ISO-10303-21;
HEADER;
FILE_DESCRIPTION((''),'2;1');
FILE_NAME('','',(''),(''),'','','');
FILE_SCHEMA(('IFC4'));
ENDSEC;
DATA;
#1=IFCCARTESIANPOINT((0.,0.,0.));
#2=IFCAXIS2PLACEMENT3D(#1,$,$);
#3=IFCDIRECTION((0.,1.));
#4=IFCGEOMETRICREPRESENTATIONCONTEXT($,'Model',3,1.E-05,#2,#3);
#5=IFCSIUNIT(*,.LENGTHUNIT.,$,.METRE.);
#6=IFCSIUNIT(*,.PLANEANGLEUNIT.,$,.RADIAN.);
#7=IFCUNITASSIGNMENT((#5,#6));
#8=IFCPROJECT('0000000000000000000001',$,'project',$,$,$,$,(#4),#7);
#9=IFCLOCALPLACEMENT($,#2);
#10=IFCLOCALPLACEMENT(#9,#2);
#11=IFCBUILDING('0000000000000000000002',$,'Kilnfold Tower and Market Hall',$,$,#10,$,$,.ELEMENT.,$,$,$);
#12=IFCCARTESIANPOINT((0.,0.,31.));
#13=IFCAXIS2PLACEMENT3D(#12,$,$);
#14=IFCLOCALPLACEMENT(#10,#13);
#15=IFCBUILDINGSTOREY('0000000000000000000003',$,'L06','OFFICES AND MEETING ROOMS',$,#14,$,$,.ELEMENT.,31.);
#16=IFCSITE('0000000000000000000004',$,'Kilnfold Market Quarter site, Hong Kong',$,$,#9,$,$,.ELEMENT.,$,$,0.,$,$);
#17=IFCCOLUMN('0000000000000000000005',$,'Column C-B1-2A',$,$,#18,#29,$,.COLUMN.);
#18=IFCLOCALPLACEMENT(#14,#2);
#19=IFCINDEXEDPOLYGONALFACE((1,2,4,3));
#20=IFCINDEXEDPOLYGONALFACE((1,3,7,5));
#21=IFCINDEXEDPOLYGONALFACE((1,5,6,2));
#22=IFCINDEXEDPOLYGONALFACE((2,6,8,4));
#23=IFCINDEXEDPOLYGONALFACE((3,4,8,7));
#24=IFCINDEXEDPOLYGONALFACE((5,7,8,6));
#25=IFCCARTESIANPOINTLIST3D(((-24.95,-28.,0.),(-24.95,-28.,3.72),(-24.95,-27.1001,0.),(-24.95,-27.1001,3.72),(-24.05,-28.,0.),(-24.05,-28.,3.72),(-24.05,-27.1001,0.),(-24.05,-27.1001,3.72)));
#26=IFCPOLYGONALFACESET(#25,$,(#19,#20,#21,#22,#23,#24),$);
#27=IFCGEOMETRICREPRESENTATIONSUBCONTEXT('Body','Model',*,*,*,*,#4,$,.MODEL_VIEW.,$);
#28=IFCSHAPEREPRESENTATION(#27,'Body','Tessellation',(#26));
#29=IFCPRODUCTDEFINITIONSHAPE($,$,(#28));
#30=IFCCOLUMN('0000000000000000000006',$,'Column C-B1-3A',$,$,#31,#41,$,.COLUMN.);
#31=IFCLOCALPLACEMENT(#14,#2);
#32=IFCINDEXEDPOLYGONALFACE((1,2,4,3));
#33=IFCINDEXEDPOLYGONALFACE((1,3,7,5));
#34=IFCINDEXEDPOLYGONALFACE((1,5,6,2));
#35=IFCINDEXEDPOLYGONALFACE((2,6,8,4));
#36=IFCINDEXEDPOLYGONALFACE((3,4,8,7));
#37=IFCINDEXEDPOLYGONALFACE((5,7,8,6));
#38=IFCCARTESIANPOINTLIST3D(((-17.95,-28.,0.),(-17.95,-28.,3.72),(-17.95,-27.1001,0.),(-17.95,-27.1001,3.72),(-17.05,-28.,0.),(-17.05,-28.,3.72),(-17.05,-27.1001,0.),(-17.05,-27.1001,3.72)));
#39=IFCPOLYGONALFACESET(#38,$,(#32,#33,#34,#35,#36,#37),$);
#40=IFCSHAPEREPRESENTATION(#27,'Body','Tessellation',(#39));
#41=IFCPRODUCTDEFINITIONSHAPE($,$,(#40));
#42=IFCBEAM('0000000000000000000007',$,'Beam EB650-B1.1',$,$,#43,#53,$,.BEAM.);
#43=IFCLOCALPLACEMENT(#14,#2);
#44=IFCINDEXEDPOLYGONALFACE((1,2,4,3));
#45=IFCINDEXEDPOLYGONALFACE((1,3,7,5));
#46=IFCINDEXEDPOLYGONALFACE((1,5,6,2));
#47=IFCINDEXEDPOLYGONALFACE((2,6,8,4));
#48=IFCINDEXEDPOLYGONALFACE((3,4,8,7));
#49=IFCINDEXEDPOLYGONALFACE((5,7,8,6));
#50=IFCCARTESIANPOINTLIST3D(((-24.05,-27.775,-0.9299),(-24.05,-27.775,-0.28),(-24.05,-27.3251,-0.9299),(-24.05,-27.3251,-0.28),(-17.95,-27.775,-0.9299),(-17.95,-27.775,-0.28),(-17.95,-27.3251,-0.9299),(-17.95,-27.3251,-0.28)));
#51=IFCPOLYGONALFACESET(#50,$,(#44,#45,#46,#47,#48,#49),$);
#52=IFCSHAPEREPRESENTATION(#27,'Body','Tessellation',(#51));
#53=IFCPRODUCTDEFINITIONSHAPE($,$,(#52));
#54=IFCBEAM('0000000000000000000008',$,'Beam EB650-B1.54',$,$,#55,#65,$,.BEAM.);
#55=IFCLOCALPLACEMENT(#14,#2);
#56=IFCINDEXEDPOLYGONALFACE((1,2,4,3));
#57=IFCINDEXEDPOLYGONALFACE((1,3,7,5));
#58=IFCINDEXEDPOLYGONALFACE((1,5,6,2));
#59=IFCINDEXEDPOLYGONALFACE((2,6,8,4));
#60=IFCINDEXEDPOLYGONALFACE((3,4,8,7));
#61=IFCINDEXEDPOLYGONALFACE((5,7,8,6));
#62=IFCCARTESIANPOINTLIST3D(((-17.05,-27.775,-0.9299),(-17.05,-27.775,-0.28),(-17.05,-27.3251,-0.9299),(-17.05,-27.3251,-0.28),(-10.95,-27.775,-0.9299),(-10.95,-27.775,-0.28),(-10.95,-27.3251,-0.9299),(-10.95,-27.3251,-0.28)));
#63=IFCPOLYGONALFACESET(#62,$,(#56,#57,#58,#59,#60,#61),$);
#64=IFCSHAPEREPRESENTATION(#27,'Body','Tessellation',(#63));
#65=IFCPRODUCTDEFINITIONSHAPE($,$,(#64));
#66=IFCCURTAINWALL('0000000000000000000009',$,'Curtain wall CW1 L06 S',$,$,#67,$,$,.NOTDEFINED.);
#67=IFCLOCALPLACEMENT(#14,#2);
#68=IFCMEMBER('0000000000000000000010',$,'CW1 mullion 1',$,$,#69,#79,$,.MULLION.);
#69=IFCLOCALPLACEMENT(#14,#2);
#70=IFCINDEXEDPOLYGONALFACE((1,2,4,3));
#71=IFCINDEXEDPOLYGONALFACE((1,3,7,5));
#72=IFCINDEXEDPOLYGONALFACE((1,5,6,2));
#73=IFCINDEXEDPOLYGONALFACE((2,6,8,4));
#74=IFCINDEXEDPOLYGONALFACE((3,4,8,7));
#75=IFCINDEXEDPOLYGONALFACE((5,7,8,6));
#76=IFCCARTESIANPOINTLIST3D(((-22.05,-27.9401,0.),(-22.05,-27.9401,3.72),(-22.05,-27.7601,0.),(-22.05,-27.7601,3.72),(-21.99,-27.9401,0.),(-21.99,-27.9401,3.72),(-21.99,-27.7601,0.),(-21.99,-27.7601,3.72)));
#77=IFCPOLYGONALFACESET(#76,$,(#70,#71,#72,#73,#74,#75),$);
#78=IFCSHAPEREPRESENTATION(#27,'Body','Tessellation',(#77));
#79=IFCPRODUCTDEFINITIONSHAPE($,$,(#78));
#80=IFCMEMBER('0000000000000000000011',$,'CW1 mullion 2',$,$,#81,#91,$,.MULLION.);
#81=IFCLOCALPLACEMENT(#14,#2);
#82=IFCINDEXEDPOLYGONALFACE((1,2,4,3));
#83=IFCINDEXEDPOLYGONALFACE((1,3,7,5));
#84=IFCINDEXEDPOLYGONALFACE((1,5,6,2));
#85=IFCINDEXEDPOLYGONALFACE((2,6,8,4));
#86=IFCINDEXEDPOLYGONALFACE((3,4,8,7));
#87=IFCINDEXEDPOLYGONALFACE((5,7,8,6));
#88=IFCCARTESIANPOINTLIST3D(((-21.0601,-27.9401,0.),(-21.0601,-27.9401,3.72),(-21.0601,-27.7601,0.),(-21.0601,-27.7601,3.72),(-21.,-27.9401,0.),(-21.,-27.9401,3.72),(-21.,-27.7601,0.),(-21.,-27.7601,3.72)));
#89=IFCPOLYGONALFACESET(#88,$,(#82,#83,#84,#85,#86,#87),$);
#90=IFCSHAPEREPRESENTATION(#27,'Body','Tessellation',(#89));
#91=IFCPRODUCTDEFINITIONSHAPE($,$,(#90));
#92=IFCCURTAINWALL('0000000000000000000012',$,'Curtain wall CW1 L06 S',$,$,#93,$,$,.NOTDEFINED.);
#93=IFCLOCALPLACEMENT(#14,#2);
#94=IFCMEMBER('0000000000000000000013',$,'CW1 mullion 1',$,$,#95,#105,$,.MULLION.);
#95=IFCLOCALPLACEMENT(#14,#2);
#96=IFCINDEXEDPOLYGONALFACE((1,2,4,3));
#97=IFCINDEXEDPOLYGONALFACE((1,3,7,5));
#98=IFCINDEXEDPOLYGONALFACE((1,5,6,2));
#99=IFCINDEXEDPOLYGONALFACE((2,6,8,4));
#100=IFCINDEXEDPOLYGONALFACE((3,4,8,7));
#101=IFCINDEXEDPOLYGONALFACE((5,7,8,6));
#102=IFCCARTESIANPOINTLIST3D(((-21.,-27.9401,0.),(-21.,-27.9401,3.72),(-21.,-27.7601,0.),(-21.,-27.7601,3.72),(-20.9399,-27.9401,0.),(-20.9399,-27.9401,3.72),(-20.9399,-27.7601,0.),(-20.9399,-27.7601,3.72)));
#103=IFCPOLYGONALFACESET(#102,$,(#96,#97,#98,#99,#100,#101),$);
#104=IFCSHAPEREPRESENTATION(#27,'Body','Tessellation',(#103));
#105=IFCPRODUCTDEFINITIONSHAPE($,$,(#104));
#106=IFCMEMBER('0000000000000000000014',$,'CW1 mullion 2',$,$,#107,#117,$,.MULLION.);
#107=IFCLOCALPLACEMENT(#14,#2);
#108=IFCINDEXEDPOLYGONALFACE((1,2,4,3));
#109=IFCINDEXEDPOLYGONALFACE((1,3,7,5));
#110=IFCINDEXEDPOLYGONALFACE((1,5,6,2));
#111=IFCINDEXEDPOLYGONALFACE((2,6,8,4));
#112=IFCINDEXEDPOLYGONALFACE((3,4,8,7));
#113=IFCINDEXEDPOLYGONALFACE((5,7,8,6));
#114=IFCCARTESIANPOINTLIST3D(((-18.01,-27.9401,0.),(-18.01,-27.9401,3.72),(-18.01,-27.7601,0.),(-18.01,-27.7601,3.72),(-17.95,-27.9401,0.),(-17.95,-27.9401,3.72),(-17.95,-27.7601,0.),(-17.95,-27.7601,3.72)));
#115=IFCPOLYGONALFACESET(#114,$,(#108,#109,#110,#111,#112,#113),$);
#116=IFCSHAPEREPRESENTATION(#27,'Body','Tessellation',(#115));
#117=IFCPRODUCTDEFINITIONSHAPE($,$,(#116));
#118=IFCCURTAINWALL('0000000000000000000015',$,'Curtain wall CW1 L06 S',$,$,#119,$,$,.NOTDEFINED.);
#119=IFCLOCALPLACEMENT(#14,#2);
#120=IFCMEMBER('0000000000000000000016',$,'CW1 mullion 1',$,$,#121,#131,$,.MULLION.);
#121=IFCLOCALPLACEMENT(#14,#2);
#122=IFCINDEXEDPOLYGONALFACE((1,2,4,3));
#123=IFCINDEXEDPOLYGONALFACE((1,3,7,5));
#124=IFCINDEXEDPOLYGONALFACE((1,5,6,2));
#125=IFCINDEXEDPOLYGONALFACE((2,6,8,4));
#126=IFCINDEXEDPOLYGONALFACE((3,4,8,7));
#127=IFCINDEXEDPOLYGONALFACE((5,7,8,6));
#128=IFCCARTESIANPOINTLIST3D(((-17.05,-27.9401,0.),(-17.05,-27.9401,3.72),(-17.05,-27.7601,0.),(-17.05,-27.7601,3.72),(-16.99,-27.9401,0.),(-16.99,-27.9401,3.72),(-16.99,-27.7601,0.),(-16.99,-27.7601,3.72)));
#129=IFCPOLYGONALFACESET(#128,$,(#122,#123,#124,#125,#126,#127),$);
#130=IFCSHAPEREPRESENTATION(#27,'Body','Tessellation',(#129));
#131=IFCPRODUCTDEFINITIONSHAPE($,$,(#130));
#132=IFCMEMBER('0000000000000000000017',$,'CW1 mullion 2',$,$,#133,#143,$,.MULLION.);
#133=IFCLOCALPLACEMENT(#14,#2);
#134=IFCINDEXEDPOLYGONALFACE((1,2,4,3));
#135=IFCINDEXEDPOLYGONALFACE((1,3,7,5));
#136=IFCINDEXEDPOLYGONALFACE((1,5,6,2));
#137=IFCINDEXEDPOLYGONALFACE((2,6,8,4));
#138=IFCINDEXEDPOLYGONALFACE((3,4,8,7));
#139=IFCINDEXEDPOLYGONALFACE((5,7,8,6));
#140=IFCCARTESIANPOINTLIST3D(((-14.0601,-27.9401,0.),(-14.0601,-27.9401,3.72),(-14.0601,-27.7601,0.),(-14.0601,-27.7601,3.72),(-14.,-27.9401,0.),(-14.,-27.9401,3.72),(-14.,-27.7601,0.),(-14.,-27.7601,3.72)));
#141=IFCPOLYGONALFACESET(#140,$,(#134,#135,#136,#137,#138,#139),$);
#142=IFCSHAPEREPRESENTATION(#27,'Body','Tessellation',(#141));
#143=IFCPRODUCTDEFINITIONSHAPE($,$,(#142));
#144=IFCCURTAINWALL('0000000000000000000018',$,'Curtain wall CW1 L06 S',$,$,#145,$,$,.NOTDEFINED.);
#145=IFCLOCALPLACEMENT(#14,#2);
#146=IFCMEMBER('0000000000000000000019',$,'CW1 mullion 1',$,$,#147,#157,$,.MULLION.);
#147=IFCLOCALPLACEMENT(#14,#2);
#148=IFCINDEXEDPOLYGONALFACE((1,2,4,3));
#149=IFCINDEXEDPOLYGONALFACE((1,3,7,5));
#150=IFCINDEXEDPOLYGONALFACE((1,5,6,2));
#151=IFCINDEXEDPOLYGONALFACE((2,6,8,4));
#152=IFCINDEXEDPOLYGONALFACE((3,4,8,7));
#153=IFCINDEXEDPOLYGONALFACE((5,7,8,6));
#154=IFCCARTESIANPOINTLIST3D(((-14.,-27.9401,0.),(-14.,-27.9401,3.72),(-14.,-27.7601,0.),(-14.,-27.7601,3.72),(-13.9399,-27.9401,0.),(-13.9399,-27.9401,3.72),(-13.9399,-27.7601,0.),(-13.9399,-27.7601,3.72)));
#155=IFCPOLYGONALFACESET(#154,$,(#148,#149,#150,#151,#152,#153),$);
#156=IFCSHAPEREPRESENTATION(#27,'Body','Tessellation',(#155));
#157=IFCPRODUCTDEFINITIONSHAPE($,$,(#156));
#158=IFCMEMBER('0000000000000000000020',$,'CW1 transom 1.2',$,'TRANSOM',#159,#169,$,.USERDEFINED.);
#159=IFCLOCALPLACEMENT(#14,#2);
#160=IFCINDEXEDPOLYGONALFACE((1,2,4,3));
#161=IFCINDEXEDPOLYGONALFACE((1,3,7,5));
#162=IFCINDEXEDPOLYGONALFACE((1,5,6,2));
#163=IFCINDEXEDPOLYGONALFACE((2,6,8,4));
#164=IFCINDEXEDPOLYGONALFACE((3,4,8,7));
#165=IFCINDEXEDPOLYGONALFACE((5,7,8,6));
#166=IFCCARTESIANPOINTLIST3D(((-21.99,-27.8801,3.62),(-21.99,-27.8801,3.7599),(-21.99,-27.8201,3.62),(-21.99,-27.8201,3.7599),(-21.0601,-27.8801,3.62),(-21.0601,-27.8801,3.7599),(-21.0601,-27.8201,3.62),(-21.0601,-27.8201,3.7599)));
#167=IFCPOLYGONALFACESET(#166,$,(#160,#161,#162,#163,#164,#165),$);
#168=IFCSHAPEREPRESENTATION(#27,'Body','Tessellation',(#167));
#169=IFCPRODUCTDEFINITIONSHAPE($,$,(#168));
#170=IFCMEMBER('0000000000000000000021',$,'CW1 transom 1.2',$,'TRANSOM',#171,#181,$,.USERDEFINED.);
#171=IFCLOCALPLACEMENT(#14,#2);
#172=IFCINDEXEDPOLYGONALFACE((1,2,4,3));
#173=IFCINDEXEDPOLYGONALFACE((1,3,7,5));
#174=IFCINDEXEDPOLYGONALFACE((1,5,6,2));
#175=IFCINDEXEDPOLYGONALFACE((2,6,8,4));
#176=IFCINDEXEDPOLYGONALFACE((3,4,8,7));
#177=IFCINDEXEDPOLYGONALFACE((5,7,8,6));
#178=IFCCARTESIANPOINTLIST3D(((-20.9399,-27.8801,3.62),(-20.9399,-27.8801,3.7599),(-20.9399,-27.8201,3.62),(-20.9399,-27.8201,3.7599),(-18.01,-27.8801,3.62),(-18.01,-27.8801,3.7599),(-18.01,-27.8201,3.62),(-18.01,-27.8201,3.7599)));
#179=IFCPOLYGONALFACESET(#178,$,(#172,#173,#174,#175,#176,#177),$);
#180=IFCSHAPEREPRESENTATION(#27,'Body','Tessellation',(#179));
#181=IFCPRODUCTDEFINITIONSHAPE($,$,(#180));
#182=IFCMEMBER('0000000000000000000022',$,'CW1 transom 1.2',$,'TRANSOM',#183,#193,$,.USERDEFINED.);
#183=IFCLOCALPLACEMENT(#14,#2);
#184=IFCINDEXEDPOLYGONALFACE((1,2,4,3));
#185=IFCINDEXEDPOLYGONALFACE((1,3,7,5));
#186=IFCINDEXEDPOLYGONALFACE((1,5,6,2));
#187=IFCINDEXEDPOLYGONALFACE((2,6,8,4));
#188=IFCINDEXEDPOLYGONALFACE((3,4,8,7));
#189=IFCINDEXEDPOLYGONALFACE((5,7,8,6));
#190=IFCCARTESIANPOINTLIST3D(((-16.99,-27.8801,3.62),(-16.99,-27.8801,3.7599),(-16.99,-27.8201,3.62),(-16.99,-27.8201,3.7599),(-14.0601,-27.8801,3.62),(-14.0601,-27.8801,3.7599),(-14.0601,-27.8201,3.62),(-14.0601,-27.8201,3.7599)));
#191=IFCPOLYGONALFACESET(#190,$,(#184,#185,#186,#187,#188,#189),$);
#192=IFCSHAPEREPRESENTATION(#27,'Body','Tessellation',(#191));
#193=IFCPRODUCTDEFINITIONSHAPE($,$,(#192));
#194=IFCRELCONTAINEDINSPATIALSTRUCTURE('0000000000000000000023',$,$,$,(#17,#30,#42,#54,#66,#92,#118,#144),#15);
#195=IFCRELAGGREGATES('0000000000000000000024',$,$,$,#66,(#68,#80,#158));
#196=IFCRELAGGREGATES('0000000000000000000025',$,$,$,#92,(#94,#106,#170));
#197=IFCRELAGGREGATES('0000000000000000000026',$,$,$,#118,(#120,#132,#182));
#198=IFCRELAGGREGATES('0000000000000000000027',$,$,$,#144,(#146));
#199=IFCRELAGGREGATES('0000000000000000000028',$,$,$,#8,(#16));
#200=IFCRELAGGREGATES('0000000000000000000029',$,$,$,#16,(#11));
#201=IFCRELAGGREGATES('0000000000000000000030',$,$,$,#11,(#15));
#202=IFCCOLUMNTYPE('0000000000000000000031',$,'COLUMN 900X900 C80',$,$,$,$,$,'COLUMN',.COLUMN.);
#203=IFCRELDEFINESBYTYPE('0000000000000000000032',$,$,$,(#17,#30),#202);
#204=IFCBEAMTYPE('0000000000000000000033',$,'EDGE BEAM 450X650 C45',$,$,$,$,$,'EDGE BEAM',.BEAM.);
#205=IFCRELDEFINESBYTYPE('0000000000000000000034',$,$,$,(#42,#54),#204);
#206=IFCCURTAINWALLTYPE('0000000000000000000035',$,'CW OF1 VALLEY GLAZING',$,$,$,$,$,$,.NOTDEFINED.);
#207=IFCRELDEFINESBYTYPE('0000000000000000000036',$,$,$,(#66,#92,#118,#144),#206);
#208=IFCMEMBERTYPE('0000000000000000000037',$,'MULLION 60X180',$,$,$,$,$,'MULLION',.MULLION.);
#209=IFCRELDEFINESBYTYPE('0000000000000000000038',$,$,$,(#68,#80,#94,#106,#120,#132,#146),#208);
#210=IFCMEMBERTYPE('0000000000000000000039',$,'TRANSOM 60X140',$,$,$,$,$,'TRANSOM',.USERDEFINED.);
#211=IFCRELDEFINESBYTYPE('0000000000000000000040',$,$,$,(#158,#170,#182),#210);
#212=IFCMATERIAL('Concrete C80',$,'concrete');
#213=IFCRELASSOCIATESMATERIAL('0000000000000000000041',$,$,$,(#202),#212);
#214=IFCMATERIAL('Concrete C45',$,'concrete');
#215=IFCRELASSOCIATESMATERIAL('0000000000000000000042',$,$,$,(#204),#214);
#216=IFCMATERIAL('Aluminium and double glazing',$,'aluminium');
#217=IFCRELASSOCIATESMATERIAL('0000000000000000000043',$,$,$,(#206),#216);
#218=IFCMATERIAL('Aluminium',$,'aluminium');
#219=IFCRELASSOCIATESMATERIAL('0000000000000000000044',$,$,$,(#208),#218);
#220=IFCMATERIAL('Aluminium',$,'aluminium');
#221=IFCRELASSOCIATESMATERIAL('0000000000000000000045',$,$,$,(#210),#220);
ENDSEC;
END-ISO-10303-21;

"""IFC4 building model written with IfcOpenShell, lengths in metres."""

from ifc_helpers import new_model, si_unit, direction, frame, origin, origin_2d, place, context, subcontext, project, spatial, rectangle, extrude, source, transform, mapped, material, material_profile, profile_set, type_object, element, aggregate, save


model = new_model("IFC4")

# Units and contexts
model_context = context("Model", 3, precision=1e-05, world=origin(), true_north=direction((0.0, 1.0)))
body_context = subcontext(model_context, "Body", "Model", "MODEL_VIEW")
ifc_project = project(units=[si_unit("LENGTHUNIT", "METRE"), si_unit("PLANEANGLEUNIT", "RADIAN")], contexts=[model_context])

# Site, building, storey
site_placement = place(None, origin())
site = spatial("IfcSite", under=ifc_project, at=site_placement, Name="Kilnfold Market Quarter site, Hong Kong", CompositionType="ELEMENT", RefElevation=0.0)
building_placement = place(site_placement, origin())
building = spatial("IfcBuilding", under=site, at=building_placement, Name="Kilnfold Tower and Market Hall", CompositionType="ELEMENT")
storey_placement = place(building_placement, frame((0.0, 0.0, 31.0)))
storey = spatial("IfcBuildingStorey", under=building, at=storey_placement, Name="L06", Description="OFFICES AND MEETING ROOMS", CompositionType="ELEMENT", Elevation=31.0)

# Columns
ifc_material_1 = material(Name="Concrete C80", Category="concrete")
ifc_material_profile_1 = material_profile(ifc_material_1, rectangle(XDim=0.8999, YDim=0.8999, at=origin_2d()), Name="RC 900x900")
ifc_profile_set_1 = profile_set([ifc_material_profile_1], Name="Concrete C80")
column_type = type_object("IfcColumnType", Name="COLUMN 900X900 C80", ElementType="COLUMN", PredefinedType="COLUMN", material=ifc_profile_set_1)
shared_shape_1 = source(origin(), body_context, "Body", "SweptSolid", [
    extrude(rectangle(XDim=0.8999, YDim=0.8999, at=origin_2d()), origin(), (0.0, 0.0, 1.0), 3.72),
])
for number, where, z_axis, x_axis, name in (
    (1, (-24.5, -27.55, 0.0), (0.0, 0.0, 1.0), (1.0, 0.0, 0.0), "Column C-B1-2A"),
    (2, (-17.5, -27.55, 0.0), (0.0, 0.0, 1.0), (1.0, 0.0, 0.0), "Column C-B1-3A"),
):
    element("IfcColumn", number, at=place(storey_placement, frame(where, z_axis=z_axis, x_axis=x_axis)), inside=storey, type_object=column_type, Name=name, PredefinedType="COLUMN", context=body_context, shape_type="MappedRepresentation", body=[
        mapped(shared_shape_1, transform((0.0, 0.0, 0.0))),
    ])

# Beams
ifc_material_2 = material(Name="Concrete C45", Category="concrete")
ifc_material_profile_2 = material_profile(ifc_material_2, rectangle(XDim=0.45, YDim=0.6499, at=origin_2d()), Name="RC 450x650")
ifc_profile_set_2 = profile_set([ifc_material_profile_2], Name="Concrete C45")
beam_type = type_object("IfcBeamType", Name="EDGE BEAM 450X650 C45", ElementType="EDGE BEAM", PredefinedType="BEAM", material=ifc_profile_set_2)
shared_shape_2 = source(origin(), body_context, "Body", "SweptSolid", [
    extrude(rectangle(XDim=0.45, YDim=0.6499, at=origin_2d()), origin(), (0.0, 0.0, 1.0), 6.1001),
])
for number, where, z_axis, x_axis, name in (
    (3, (-24.05, -27.55, -0.605), (1.0, 0.0, 0.0), (0.0, 1.0, 0.0), "Beam EB650-B1.1"),
    (4, (-17.05, -27.55, -0.605), (1.0, 0.0, 0.0), (0.0, 1.0, 0.0), "Beam EB650-B1.54"),
):
    element("IfcBeam", number, at=place(storey_placement, frame(where, z_axis=z_axis, x_axis=x_axis)), inside=storey, type_object=beam_type, Name=name, PredefinedType="BEAM", context=body_context, shape_type="MappedRepresentation", body=[
        mapped(shared_shape_2, transform((0.0, 0.0, 0.0))),
    ])

# Curtain walls, members
ifc_material_3 = material(Name="Aluminium and double glazing", Category="aluminium")
curtain_wall_type = type_object("IfcCurtainWallType", Name="CW OF1 VALLEY GLAZING", PredefinedType="NOTDEFINED", material=ifc_material_3)
curtain_wall_1_placement = place(storey_placement, origin())
curtain_wall_1 = element("IfcCurtainWall", 5, at=curtain_wall_1_placement, inside=storey, type_object=curtain_wall_type, Name="Curtain wall CW1 L06 S", PredefinedType="NOTDEFINED")
ifc_material_4 = material(Name="Aluminium", Category="aluminium")
ifc_material_profile_3 = material_profile(ifc_material_4, rectangle(XDim=0.0601, YDim=0.1799, at=origin_2d()), Name="MULLION 60x180")
ifc_profile_set_3 = profile_set([ifc_material_profile_3], Name="Aluminium")
member_type_1 = type_object("IfcMemberType", Name="MULLION 60X180", ElementType="MULLION", PredefinedType="MULLION", material=ifc_profile_set_3)
shared_shape_3 = source(origin(), body_context, "Body", "SweptSolid", [
    extrude(rectangle(XDim=0.0601, YDim=0.1799, at=origin_2d()), origin(), (0.0, 0.0, 1.0), 3.72),
])
member_1_placement = place(storey_placement, frame((-22.02, -27.8501, 0.0), z_axis=(0.0, 0.0, 1.0), x_axis=(1.0, 0.0, 0.0)))
member_1 = element("IfcMember", 6, at=member_1_placement, type_object=member_type_1, Name="CW1 mullion 1", PredefinedType="MULLION", context=body_context, shape_type="MappedRepresentation", body=[
    mapped(shared_shape_3, transform((0.0, 0.0, 0.0))),
])
member_2_placement = place(storey_placement, frame((-21.03, -27.8501, 0.0), z_axis=(0.0, 0.0, 1.0), x_axis=(1.0, 0.0, 0.0)))
member_2 = element("IfcMember", 7, at=member_2_placement, type_object=member_type_1, Name="CW1 mullion 2", PredefinedType="MULLION", context=body_context, shape_type="MappedRepresentation", body=[
    mapped(shared_shape_3, transform((0.0, 0.0, 0.0))),
])
curtain_wall_2_placement = place(storey_placement, origin())
curtain_wall_2 = element("IfcCurtainWall", 8, at=curtain_wall_2_placement, inside=storey, type_object=curtain_wall_type, Name="Curtain wall CW1 L06 S", PredefinedType="NOTDEFINED")
member_3_placement = place(storey_placement, frame((-20.97, -27.8501, 0.0), z_axis=(0.0, 0.0, 1.0), x_axis=(1.0, 0.0, 0.0)))
member_3 = element("IfcMember", 9, at=member_3_placement, type_object=member_type_1, Name="CW1 mullion 1", PredefinedType="MULLION", context=body_context, shape_type="MappedRepresentation", body=[
    mapped(shared_shape_3, transform((0.0, 0.0, 0.0))),
])
member_4_placement = place(storey_placement, frame((-17.98, -27.8501, 0.0), z_axis=(0.0, 0.0, 1.0), x_axis=(1.0, 0.0, 0.0)))
member_4 = element("IfcMember", 10, at=member_4_placement, type_object=member_type_1, Name="CW1 mullion 2", PredefinedType="MULLION", context=body_context, shape_type="MappedRepresentation", body=[
    mapped(shared_shape_3, transform((0.0, 0.0, 0.0))),
])
curtain_wall_3_placement = place(storey_placement, origin())
curtain_wall_3 = element("IfcCurtainWall", 11, at=curtain_wall_3_placement, inside=storey, type_object=curtain_wall_type, Name="Curtain wall CW1 L06 S", PredefinedType="NOTDEFINED")
member_5_placement = place(storey_placement, frame((-17.02, -27.8501, 0.0), z_axis=(0.0, 0.0, 1.0), x_axis=(1.0, 0.0, 0.0)))
member_5 = element("IfcMember", 12, at=member_5_placement, type_object=member_type_1, Name="CW1 mullion 1", PredefinedType="MULLION", context=body_context, shape_type="MappedRepresentation", body=[
    mapped(shared_shape_3, transform((0.0, 0.0, 0.0))),
])
member_6_placement = place(storey_placement, frame((-14.03, -27.8501, 0.0), z_axis=(0.0, 0.0, 1.0), x_axis=(1.0, 0.0, 0.0)))
member_6 = element("IfcMember", 13, at=member_6_placement, type_object=member_type_1, Name="CW1 mullion 2", PredefinedType="MULLION", context=body_context, shape_type="MappedRepresentation", body=[
    mapped(shared_shape_3, transform((0.0, 0.0, 0.0))),
])

# Curtain wall, member
curtain_wall_4_placement = place(storey_placement, origin())
curtain_wall_4 = element("IfcCurtainWall", 14, at=curtain_wall_4_placement, inside=storey, type_object=curtain_wall_type, Name="Curtain wall CW1 L06 S", PredefinedType="NOTDEFINED")
member_7_placement = place(storey_placement, frame((-13.97, -27.8501, 0.0), z_axis=(0.0, 0.0, 1.0), x_axis=(1.0, 0.0, 0.0)))
member_7 = element("IfcMember", 15, at=member_7_placement, type_object=member_type_1, Name="CW1 mullion 1", PredefinedType="MULLION", context=body_context, shape_type="MappedRepresentation", body=[
    mapped(shared_shape_3, transform((0.0, 0.0, 0.0))),
])

# Members
ifc_material_5 = material(Name="Aluminium", Category="aluminium")
ifc_material_profile_4 = material_profile(ifc_material_5, rectangle(XDim=0.0601, YDim=0.1399, at=origin_2d()), Name="TRANSOM 60x140")
ifc_profile_set_4 = profile_set([ifc_material_profile_4], Name="Aluminium")
member_type_2 = type_object("IfcMemberType", Name="TRANSOM 60X140", ElementType="TRANSOM", PredefinedType="USERDEFINED", material=ifc_profile_set_4)
shared_shape_4 = source(origin(), body_context, "Body", "SweptSolid", [
    extrude(rectangle(XDim=0.0601, YDim=0.1399, at=origin_2d()), origin(), (0.0, 0.0, 1.0), 0.9299),
])
member_8_placement = place(storey_placement, frame((-21.99, -27.8501, 3.6899), z_axis=(1.0, 0.0, 0.0), x_axis=(0.0, 1.0, 0.0)))
member_8 = element("IfcMember", 16, at=member_8_placement, type_object=member_type_2, Name="CW1 transom 1.2", ObjectType="TRANSOM", PredefinedType="USERDEFINED", context=body_context, shape_type="MappedRepresentation", body=[
    mapped(shared_shape_4, transform((0.0, 0.0, 0.0))),
])
shared_shape_5 = source(origin(), body_context, "Body", "SweptSolid", [
    extrude(rectangle(XDim=0.0601, YDim=0.1399, at=origin_2d()), origin(), (0.0, 0.0, 1.0), 2.9299),
])
member_9_placement = place(storey_placement, frame((-20.9399, -27.8501, 3.6899), z_axis=(1.0, 0.0, 0.0), x_axis=(0.0, 1.0, 0.0)))
member_9 = element("IfcMember", 17, at=member_9_placement, type_object=member_type_2, Name="CW1 transom 1.2", ObjectType="TRANSOM", PredefinedType="USERDEFINED", context=body_context, shape_type="MappedRepresentation", body=[
    mapped(shared_shape_5, transform((0.0, 0.0, 0.0))),
])
member_10_placement = place(storey_placement, frame((-16.99, -27.8501, 3.6899), z_axis=(1.0, 0.0, 0.0), x_axis=(0.0, 1.0, 0.0)))
member_10 = element("IfcMember", 18, at=member_10_placement, type_object=member_type_2, Name="CW1 transom 1.2", ObjectType="TRANSOM", PredefinedType="USERDEFINED", context=body_context, shape_type="MappedRepresentation", body=[
    mapped(shared_shape_5, transform((0.0, 0.0, 0.0))),
])

aggregate(curtain_wall_1, [member_1, member_2, member_8])
aggregate(curtain_wall_2, [member_3, member_4, member_9])
aggregate(curtain_wall_3, [member_5, member_6, member_10])
aggregate(curtain_wall_4, [member_7])

save(model, "model.ifc")
